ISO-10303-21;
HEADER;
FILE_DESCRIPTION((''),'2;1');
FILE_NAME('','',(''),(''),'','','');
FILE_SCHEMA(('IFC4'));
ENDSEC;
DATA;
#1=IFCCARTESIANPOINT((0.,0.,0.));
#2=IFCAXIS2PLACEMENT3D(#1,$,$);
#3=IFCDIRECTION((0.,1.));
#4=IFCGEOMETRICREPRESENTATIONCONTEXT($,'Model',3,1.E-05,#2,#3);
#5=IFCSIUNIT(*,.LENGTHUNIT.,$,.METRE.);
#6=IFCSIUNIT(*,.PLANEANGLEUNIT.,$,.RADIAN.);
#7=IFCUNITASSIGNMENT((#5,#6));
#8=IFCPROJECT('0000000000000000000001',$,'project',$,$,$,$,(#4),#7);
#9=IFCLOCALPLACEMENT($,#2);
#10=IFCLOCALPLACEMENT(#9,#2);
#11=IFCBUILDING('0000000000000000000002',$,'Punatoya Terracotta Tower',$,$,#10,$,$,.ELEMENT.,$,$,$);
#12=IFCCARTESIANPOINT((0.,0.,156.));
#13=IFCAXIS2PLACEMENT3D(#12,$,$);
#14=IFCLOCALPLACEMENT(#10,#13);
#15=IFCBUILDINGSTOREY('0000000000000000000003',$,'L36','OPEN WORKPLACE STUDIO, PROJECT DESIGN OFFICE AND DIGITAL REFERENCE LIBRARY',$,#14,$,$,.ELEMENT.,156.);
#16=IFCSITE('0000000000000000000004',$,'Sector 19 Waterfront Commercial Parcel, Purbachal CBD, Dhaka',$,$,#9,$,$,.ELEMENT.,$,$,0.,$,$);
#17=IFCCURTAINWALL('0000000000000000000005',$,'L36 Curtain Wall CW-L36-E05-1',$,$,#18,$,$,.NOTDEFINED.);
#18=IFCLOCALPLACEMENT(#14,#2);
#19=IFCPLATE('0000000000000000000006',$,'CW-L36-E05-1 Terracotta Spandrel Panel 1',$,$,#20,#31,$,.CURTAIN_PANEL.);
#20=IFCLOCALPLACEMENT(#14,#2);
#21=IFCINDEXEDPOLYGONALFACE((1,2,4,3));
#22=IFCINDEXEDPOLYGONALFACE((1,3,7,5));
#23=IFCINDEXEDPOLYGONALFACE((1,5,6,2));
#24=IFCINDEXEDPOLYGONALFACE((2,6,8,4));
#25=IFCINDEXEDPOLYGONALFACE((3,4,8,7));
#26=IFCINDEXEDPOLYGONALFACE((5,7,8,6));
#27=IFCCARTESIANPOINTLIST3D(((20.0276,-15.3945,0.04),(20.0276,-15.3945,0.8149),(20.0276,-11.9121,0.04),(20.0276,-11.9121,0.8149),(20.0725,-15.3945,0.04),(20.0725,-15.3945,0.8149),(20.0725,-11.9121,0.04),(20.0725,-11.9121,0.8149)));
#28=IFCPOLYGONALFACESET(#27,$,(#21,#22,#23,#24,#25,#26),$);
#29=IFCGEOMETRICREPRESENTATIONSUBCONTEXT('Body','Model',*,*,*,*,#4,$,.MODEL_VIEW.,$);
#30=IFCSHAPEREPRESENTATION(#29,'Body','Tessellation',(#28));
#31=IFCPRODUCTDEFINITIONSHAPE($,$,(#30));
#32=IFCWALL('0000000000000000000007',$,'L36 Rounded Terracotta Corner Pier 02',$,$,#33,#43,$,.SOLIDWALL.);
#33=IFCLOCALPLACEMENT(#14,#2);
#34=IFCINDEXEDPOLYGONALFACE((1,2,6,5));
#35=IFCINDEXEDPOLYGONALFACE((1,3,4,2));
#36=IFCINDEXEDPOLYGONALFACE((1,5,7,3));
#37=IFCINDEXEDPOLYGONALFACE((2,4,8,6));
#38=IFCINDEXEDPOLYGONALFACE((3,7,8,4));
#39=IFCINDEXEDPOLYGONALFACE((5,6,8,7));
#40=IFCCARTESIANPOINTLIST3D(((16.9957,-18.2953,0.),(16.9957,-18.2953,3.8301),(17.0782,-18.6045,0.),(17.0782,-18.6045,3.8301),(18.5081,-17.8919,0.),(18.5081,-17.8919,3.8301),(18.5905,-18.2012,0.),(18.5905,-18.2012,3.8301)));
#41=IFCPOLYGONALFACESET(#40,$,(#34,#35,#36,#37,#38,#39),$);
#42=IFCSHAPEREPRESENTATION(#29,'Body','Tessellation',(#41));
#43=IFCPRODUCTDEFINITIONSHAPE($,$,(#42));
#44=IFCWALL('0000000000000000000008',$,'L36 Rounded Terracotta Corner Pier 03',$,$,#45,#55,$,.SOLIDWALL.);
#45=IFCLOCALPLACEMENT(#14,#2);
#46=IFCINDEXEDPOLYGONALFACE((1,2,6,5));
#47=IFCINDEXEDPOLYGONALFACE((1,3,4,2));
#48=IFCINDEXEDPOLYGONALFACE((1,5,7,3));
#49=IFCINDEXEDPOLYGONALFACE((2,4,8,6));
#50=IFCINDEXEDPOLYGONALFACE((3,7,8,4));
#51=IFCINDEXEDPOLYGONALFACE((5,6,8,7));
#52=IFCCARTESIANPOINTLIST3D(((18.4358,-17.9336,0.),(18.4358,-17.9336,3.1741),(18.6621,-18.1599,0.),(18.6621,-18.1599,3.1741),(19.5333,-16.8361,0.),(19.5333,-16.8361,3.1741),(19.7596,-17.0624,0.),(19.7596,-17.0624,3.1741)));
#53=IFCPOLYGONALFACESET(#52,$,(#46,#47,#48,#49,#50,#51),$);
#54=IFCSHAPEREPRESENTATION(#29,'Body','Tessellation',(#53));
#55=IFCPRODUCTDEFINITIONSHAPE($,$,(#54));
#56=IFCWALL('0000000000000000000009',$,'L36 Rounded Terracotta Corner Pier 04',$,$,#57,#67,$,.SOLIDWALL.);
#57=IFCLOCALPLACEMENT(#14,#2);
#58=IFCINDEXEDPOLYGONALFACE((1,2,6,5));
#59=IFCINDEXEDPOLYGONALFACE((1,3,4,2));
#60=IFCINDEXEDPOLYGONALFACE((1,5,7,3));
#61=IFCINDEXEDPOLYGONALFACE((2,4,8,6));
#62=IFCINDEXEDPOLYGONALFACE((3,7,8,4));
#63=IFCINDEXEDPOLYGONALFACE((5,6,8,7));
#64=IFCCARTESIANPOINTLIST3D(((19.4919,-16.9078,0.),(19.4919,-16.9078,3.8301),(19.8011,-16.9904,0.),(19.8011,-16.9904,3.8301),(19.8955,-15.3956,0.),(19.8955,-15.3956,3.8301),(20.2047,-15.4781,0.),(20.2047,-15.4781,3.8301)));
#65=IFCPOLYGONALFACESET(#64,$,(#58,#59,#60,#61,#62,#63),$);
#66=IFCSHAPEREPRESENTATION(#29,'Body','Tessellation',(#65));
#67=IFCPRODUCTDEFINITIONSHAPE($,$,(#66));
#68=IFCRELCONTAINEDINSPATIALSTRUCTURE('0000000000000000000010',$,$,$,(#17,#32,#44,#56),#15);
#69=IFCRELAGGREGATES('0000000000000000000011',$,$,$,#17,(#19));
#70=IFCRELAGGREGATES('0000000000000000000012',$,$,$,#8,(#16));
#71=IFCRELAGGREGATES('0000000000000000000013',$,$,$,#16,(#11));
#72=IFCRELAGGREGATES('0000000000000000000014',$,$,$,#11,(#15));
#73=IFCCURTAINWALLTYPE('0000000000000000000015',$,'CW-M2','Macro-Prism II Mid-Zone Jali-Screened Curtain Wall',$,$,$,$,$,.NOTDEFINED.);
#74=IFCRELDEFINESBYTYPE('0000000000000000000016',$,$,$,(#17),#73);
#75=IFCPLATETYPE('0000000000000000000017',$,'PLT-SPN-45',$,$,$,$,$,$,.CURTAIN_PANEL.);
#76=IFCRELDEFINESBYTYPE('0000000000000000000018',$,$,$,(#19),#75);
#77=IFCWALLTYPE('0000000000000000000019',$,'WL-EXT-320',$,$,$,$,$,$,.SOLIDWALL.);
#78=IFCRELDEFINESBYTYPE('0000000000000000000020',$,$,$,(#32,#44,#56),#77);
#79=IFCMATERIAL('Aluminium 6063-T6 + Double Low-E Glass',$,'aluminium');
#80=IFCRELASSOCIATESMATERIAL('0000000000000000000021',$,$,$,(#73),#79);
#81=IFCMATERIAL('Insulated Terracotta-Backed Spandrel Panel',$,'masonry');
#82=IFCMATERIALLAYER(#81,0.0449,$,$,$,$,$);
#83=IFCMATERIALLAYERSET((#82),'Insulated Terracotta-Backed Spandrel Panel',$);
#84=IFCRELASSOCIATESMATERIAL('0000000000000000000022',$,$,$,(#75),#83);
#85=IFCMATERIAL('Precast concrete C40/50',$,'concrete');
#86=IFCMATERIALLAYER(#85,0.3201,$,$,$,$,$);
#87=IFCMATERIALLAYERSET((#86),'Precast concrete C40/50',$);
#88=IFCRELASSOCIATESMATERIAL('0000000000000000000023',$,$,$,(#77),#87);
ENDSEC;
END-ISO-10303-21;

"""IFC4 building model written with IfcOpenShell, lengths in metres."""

from ifc_helpers import new_model, si_unit, direction, frame, frame_2d, origin, origin_2d, place, context, subcontext, project, spatial, rectangle, extrude, material, layer, layer_set, type_object, element, aggregate, save


model = new_model("IFC4")

# Units and contexts
model_context = context("Model", 3, precision=1e-05, world=origin(), true_north=direction((0.0, 1.0)))
body_context = subcontext(model_context, "Body", "Model", "MODEL_VIEW")
ifc_project = project(units=[si_unit("LENGTHUNIT", "METRE"), si_unit("PLANEANGLEUNIT", "RADIAN")], contexts=[model_context])

# Site, building, storey
site_placement = place(None, origin())
site = spatial("IfcSite", under=ifc_project, at=site_placement, Name="Sector 19 Waterfront Commercial Parcel, Purbachal CBD, Dhaka", CompositionType="ELEMENT", RefElevation=0.0)
building_placement = place(site_placement, origin())
building = spatial("IfcBuilding", under=site, at=building_placement, Name="Punatoya Terracotta Tower", CompositionType="ELEMENT")
storey_placement = place(building_placement, frame((0.0, 0.0, 156.0)))
storey = spatial("IfcBuildingStorey", under=building, at=storey_placement, Name="L36", Description="OPEN WORKPLACE STUDIO, PROJECT DESIGN OFFICE AND DIGITAL REFERENCE LIBRARY", CompositionType="ELEMENT", Elevation=156.0)

# Curtain wall
ifc_material_1 = material(Name="Aluminium 6063-T6 + Double Low-E Glass", Category="aluminium")
curtain_wall_type = type_object("IfcCurtainWallType", Name="CW-M2", Description="Macro-Prism II Mid-Zone Jali-Screened Curtain Wall", PredefinedType="NOTDEFINED", material=ifc_material_1)
curtain_wall_1_placement = place(storey_placement, origin())
curtain_wall_1 = element("IfcCurtainWall", 1, at=curtain_wall_1_placement, inside=storey, type_object=curtain_wall_type, Name="L36 Curtain Wall CW-L36-E05-1", PredefinedType="NOTDEFINED")

# Plate
ifc_material_2 = material(Name="Insulated Terracotta-Backed Spandrel Panel", Category="masonry")
ifc_layer_1 = layer(ifc_material_2, 0.0449)
ifc_layer_set_1 = layer_set([ifc_layer_1], Name="Insulated Terracotta-Backed Spandrel Panel")
plate_type_1 = type_object("IfcPlateType", Name="PLT-SPN-45", PredefinedType="CURTAIN_PANEL", material=ifc_layer_set_1)
plate_1_placement = place(storey_placement, frame((20.05, -13.6533, 0.04), z_axis=(0.0, 0.0, 1.0), x_axis=(0.0, 1.0, 0.0)))
plate_1 = element("IfcPlate", 2, at=plate_1_placement, type_object=plate_type_1, Name="CW-L36-E05-1 Terracotta Spandrel Panel 1", PredefinedType="CURTAIN_PANEL", context=body_context, shape_type="SweptSolid", body=[
    extrude(rectangle(XDim=3.4824, YDim=0.0449, at=origin_2d()), origin(), (0.0, 0.0, 1.0), 0.7749),
])
aggregate(curtain_wall_1, [plate_1])

# Walls
ifc_material_3 = material(Name="Precast concrete C40/50", Category="concrete")
ifc_layer_2 = layer(ifc_material_3, 0.3201)
ifc_layer_set_2 = layer_set([ifc_layer_2], Name="Precast concrete C40/50")
wall_type = type_object("IfcWallType", Name="WL-EXT-320", PredefinedType="SOLIDWALL", material=ifc_layer_set_2)
wall_1_placement = place(storey_placement, frame((17.0369, -18.45, 0.0), z_axis=(0.0, 0.0, 1.0), x_axis=(0.966225, 0.257701, 0.0)))
element("IfcWall", 3, at=wall_1_placement, inside=storey, type_object=wall_type, Name="L36 Rounded Terracotta Corner Pier 02", PredefinedType="SOLIDWALL", context=body_context, shape_type="SweptSolid", body=[
    extrude(rectangle(XDim=1.5652, YDim=0.3201, at=frame_2d((0.7827, 0.0))), origin(), (0.0, 0.0, 1.0), 3.8301),
])
wall_2_placement = place(storey_placement, frame((18.5491, -18.0466, 0.0), z_axis=(0.0, 0.0, 1.0), x_axis=(0.707107, 0.707107, 0.0)))
element("IfcWall", 4, at=wall_2_placement, inside=storey, type_object=wall_type, Name="L36 Rounded Terracotta Corner Pier 03", PredefinedType="SOLIDWALL", context=body_context, shape_type="SweptSolid", body=[
    extrude(rectangle(XDim=1.552, YDim=0.3201, at=frame_2d((0.7759, 0.0))), origin(), (0.0, 0.0, 1.0), 3.1741),
])
wall_3_placement = place(storey_placement, frame((19.6465, -16.9492, 0.0), z_axis=(0.0, 0.0, 1.0), x_axis=(0.257847, 0.966186, 0.0)))
element("IfcWall", 5, at=wall_3_placement, inside=storey, type_object=wall_type, Name="L36 Rounded Terracotta Corner Pier 04", PredefinedType="SOLIDWALL", context=body_context, shape_type="SweptSolid", body=[
    extrude(rectangle(XDim=1.5652, YDim=0.3201, at=frame_2d((0.7827, 0.0))), origin(), (0.0, 0.0, 1.0), 3.8301),
])

save(model, "model.ifc")
